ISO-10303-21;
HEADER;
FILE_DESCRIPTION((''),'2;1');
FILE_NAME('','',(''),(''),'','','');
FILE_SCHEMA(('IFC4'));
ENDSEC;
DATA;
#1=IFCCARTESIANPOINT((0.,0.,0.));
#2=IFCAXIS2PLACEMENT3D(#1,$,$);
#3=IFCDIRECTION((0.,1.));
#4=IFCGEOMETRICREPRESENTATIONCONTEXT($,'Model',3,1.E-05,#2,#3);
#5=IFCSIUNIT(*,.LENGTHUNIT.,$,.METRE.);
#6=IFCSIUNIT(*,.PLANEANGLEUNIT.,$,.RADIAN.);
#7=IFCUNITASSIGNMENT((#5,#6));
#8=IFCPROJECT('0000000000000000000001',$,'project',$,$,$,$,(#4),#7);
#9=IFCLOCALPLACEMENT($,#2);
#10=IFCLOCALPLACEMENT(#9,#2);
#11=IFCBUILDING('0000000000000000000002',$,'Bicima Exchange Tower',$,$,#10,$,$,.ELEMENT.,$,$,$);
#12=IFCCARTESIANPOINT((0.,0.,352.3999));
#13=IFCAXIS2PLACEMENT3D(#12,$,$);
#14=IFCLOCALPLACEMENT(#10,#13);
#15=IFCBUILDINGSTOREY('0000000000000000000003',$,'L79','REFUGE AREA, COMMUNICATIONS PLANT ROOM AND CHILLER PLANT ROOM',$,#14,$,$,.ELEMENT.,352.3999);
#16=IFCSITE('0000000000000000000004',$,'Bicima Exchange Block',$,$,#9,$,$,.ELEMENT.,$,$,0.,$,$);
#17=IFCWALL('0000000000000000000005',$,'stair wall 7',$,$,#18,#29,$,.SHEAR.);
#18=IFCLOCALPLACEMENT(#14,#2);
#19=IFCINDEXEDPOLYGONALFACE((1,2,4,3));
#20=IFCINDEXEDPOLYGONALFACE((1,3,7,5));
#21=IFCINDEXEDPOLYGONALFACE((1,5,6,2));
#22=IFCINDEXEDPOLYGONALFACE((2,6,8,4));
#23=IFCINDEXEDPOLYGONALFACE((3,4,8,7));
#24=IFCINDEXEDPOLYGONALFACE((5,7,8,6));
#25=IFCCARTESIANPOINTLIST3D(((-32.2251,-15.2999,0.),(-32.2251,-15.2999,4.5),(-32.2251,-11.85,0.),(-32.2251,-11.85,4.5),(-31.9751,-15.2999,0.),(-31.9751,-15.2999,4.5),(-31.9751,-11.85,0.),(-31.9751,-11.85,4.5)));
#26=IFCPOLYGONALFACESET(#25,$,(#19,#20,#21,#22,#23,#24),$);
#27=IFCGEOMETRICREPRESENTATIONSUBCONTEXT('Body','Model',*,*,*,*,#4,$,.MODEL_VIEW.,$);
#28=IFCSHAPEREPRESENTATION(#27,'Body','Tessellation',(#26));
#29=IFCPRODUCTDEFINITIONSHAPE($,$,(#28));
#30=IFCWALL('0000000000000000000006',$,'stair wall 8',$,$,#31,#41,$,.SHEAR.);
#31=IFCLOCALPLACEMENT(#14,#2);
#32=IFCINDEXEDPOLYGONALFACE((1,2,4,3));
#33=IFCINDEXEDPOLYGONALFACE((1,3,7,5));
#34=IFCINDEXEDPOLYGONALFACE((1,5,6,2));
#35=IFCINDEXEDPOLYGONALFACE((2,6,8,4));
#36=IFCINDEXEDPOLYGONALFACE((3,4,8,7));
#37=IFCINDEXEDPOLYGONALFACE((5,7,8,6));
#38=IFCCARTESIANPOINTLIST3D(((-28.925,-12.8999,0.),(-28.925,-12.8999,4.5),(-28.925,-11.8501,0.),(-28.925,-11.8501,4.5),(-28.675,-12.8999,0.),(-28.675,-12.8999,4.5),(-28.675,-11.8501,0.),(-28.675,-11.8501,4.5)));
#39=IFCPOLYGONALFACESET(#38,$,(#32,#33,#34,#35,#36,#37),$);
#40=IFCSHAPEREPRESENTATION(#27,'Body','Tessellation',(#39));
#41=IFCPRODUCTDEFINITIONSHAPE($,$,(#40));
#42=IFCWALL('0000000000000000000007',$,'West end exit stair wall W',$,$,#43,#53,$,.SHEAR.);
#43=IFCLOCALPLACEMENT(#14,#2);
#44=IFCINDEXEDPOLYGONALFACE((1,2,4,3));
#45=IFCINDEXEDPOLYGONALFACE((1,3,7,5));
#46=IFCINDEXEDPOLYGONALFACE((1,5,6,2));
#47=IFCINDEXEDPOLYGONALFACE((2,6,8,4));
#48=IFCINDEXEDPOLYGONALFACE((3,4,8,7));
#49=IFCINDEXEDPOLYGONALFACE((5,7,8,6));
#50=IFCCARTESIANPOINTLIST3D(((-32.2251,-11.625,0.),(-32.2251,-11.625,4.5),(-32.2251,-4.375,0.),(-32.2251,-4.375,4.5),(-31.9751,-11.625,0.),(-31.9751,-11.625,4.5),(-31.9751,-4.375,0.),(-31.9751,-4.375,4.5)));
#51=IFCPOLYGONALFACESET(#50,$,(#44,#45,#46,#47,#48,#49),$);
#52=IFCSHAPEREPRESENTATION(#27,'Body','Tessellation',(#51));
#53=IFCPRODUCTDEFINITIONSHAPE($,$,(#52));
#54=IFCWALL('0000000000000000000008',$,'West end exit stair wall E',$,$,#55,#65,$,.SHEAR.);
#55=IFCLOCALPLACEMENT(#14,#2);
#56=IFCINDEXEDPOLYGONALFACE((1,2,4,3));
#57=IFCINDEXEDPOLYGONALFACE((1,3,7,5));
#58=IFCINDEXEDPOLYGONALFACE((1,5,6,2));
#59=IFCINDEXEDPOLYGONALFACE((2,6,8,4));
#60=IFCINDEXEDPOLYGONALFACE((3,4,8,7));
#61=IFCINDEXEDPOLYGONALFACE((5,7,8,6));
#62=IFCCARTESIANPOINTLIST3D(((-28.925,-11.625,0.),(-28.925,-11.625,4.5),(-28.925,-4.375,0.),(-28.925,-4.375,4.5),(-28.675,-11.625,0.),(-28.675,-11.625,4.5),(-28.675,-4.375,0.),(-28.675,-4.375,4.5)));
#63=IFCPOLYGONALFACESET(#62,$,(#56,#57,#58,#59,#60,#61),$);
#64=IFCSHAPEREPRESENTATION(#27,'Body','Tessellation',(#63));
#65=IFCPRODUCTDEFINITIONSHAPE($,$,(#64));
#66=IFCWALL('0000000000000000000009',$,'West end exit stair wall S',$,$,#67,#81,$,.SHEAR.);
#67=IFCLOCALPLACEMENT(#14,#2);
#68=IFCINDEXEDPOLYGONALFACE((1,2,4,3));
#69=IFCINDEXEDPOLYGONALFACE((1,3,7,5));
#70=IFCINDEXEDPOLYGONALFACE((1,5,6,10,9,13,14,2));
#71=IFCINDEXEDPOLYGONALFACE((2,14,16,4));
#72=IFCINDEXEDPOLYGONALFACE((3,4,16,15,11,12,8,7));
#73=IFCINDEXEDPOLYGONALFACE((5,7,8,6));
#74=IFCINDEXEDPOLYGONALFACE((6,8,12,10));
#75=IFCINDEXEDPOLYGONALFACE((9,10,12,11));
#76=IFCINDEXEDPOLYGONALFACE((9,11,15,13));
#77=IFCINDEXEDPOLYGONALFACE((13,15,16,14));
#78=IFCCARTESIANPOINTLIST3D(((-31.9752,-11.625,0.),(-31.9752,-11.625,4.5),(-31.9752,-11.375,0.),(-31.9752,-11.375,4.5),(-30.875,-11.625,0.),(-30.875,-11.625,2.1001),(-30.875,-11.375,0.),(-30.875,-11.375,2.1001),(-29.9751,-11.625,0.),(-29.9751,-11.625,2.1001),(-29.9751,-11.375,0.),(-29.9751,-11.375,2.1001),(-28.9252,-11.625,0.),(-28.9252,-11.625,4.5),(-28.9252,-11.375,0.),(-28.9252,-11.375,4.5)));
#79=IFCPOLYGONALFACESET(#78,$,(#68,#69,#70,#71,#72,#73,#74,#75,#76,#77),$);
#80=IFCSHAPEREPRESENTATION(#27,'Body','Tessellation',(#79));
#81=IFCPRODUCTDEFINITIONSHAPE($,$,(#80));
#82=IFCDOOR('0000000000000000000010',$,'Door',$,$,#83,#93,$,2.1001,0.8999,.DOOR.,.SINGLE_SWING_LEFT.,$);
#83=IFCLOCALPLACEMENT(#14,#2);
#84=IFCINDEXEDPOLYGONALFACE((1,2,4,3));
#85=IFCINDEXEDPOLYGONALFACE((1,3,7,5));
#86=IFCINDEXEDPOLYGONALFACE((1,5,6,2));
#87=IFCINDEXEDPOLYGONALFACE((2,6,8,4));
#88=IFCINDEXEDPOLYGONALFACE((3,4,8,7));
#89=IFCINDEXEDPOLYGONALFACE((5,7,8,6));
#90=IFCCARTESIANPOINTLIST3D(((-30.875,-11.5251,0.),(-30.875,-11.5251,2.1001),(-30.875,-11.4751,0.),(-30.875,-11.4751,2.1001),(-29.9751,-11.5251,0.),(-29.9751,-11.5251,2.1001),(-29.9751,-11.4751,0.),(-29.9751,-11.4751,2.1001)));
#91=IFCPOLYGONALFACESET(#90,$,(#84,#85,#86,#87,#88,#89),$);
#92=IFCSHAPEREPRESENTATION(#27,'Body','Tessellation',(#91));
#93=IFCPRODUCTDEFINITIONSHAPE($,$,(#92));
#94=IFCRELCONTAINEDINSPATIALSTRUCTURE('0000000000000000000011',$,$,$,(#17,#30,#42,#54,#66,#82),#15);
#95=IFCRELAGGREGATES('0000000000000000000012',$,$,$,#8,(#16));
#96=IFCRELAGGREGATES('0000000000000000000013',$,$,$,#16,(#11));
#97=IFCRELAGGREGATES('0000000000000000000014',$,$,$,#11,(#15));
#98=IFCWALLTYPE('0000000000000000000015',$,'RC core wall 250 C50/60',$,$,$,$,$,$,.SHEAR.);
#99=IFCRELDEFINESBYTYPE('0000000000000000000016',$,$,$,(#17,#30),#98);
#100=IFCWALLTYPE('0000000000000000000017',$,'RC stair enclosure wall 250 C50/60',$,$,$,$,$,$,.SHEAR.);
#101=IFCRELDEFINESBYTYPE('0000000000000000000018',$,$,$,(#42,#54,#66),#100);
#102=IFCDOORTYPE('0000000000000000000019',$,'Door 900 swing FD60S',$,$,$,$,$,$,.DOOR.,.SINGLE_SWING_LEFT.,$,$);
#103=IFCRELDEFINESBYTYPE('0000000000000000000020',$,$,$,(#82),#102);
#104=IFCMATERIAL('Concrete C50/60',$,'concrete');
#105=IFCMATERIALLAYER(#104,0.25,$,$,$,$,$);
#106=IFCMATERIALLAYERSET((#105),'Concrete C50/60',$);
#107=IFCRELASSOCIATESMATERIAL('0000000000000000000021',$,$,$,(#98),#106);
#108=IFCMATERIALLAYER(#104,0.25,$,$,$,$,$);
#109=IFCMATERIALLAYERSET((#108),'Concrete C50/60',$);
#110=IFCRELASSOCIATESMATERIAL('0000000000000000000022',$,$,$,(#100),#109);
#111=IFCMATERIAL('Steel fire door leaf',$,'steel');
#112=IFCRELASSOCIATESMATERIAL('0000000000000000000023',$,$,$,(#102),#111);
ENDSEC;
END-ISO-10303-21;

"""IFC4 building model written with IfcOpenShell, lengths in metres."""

from ifc_helpers import new_model, si_unit, direction, frame, frame_2d, origin, place, context, subcontext, project, spatial, rectangle, extrude, material, layer, layer_set, type_object, element, fill, save


model = new_model("IFC4")

# Units and contexts
model_context = context("Model", 3, precision=1e-05, world=origin(), true_north=direction((0.0, 1.0)))
body_context = subcontext(model_context, "Body", "Model", "MODEL_VIEW")
ifc_project = project(units=[si_unit("LENGTHUNIT", "METRE"), si_unit("PLANEANGLEUNIT", "RADIAN")], contexts=[model_context])

# Site, building, storey
site_placement = place(None, origin())
site = spatial("IfcSite", under=ifc_project, at=site_placement, Name="Bicima Exchange Block", CompositionType="ELEMENT", RefElevation=0.0)
building_placement = place(site_placement, origin())
building = spatial("IfcBuilding", under=site, at=building_placement, Name="Bicima Exchange Tower", CompositionType="ELEMENT")
storey_placement = place(building_placement, frame((0.0, 0.0, 352.3999)))
storey = spatial("IfcBuildingStorey", under=building, at=storey_placement, Name="L79", Description="REFUGE AREA, COMMUNICATIONS PLANT ROOM AND CHILLER PLANT ROOM", CompositionType="ELEMENT", Elevation=352.3999)

# Shared definitions
ifc_material_1 = material(Name="Steel fire door leaf", Category="steel")

# Walls
ifc_material_2 = material(Name="Concrete C50/60", Category="concrete")
ifc_layer_1 = layer(ifc_material_2, 0.25)
ifc_layer_set_1 = layer_set([ifc_layer_1], Name="Concrete C50/60")
wall_type_1 = type_object("IfcWallType", Name="RC core wall 250 C50/60", PredefinedType="SHEAR", material=ifc_layer_set_1)
wall_1_placement = place(storey_placement, frame((-32.1001, -15.3, 0.0), z_axis=(0.0, 0.0, 1.0), x_axis=(0.0, 1.0, 0.0)))
element("IfcWall", 1, at=wall_1_placement, inside=storey, type_object=wall_type_1, Name="stair wall 7", PredefinedType="SHEAR", context=body_context, shape_type="SweptSolid", body=[
    extrude(rectangle(XDim=3.45, YDim=0.25, at=frame_2d((1.7251, 0.0))), origin(), (0.0, 0.0, 1.0), 4.5),
])
wall_2_placement = place(storey_placement, frame((-28.8, -12.8999, 0.0), z_axis=(0.0, 0.0, 1.0), x_axis=(0.0, 1.0, 0.0)))
element("IfcWall", 2, at=wall_2_placement, inside=storey, type_object=wall_type_1, Name="stair wall 8", PredefinedType="SHEAR", context=body_context, shape_type="SweptSolid", body=[
    extrude(rectangle(XDim=1.0498, YDim=0.25, at=frame_2d((0.5249, 0.0))), origin(), (0.0, 0.0, 1.0), 4.5),
])
ifc_layer_2 = layer(ifc_material_2, 0.25)
ifc_layer_set_2 = layer_set([ifc_layer_2], Name="Concrete C50/60")
wall_type_2 = type_object("IfcWallType", Name="RC stair enclosure wall 250 C50/60", PredefinedType="SHEAR", material=ifc_layer_set_2)
for number, where, z_axis, x_axis, name in (
    (3, (-32.1001, -11.625, 0.0), (0.0, 0.0, 1.0), (0.0, 1.0, 0.0), "West end exit stair wall W"),
    (4, (-28.8, -11.625, 0.0), (0.0, 0.0, 1.0), (0.0, 1.0, 0.0), "West end exit stair wall E"),
):
    element("IfcWall", number, at=place(storey_placement, frame(where, z_axis=z_axis, x_axis=x_axis)), inside=storey, type_object=wall_type_2, Name=name, PredefinedType="SHEAR", context=body_context, shape_type="SweptSolid", body=[
        extrude(rectangle(XDim=7.25, YDim=0.25, at=frame_2d((3.625, 0.0))), origin(), (0.0, 0.0, 1.0), 4.5),
    ])

# Wall, opening, door
wall_3_placement = place(storey_placement, frame((-31.9751, -11.5, 0.0), z_axis=(0.0, 0.0, 1.0), x_axis=(1.0, 0.0, 0.0)))
wall_3 = element("IfcWall", 5, at=wall_3_placement, inside=storey, type_object=wall_type_2, Name="West end exit stair wall S", PredefinedType="SHEAR", context=body_context, shape_type="SweptSolid", body=[
    extrude(rectangle(XDim=3.05, YDim=0.25, at=frame_2d((1.5249, 0.0))), origin(), (0.0, 0.0, 1.0), 4.5),
])
opening_1_placement = place(wall_3_placement, frame((1.1001, 0.0, 0.0)))
opening_1 = element("IfcOpeningElement", 6, at=opening_1_placement, cuts=wall_3, PredefinedType="OPENING", context=body_context, shape_type="SweptSolid", body=[
    extrude(rectangle(XDim=0.8999, YDim=2.1001, at=frame_2d((0.45, 1.05))), frame((0.0, 0.137, 0.0), z_axis=(0.0, -1.0, 0.0), x_axis=(1.0, 0.0, 0.0)), (0.0, 0.0, 1.0), 0.2739),
])
door_type_1 = type_object("IfcDoorType", Name="Door 900 swing FD60S", OperationType="SINGLE_SWING_LEFT", PredefinedType="DOOR", material=ifc_material_1)
door_1_placement = place(opening_1_placement, origin())
door_1 = element("IfcDoor", 7, at=door_1_placement, inside=storey, type_object=door_type_1, Name="Door", OperationType="SINGLE_SWING_LEFT", OverallHeight=2.1001, OverallWidth=0.8999, PredefinedType="DOOR", context=body_context, shape_type="SweptSolid", body=[
    extrude(rectangle(XDim=0.8999, YDim=2.1001, at=frame_2d((0.45, 1.05))), frame((0.0, 0.0249, 0.0), z_axis=(0.0, -1.0, 0.0), x_axis=(1.0, 0.0, 0.0)), (0.0, 0.0, 1.0), 0.05),
])
fill(opening_1, door_1)

save(model, "model.ifc")
